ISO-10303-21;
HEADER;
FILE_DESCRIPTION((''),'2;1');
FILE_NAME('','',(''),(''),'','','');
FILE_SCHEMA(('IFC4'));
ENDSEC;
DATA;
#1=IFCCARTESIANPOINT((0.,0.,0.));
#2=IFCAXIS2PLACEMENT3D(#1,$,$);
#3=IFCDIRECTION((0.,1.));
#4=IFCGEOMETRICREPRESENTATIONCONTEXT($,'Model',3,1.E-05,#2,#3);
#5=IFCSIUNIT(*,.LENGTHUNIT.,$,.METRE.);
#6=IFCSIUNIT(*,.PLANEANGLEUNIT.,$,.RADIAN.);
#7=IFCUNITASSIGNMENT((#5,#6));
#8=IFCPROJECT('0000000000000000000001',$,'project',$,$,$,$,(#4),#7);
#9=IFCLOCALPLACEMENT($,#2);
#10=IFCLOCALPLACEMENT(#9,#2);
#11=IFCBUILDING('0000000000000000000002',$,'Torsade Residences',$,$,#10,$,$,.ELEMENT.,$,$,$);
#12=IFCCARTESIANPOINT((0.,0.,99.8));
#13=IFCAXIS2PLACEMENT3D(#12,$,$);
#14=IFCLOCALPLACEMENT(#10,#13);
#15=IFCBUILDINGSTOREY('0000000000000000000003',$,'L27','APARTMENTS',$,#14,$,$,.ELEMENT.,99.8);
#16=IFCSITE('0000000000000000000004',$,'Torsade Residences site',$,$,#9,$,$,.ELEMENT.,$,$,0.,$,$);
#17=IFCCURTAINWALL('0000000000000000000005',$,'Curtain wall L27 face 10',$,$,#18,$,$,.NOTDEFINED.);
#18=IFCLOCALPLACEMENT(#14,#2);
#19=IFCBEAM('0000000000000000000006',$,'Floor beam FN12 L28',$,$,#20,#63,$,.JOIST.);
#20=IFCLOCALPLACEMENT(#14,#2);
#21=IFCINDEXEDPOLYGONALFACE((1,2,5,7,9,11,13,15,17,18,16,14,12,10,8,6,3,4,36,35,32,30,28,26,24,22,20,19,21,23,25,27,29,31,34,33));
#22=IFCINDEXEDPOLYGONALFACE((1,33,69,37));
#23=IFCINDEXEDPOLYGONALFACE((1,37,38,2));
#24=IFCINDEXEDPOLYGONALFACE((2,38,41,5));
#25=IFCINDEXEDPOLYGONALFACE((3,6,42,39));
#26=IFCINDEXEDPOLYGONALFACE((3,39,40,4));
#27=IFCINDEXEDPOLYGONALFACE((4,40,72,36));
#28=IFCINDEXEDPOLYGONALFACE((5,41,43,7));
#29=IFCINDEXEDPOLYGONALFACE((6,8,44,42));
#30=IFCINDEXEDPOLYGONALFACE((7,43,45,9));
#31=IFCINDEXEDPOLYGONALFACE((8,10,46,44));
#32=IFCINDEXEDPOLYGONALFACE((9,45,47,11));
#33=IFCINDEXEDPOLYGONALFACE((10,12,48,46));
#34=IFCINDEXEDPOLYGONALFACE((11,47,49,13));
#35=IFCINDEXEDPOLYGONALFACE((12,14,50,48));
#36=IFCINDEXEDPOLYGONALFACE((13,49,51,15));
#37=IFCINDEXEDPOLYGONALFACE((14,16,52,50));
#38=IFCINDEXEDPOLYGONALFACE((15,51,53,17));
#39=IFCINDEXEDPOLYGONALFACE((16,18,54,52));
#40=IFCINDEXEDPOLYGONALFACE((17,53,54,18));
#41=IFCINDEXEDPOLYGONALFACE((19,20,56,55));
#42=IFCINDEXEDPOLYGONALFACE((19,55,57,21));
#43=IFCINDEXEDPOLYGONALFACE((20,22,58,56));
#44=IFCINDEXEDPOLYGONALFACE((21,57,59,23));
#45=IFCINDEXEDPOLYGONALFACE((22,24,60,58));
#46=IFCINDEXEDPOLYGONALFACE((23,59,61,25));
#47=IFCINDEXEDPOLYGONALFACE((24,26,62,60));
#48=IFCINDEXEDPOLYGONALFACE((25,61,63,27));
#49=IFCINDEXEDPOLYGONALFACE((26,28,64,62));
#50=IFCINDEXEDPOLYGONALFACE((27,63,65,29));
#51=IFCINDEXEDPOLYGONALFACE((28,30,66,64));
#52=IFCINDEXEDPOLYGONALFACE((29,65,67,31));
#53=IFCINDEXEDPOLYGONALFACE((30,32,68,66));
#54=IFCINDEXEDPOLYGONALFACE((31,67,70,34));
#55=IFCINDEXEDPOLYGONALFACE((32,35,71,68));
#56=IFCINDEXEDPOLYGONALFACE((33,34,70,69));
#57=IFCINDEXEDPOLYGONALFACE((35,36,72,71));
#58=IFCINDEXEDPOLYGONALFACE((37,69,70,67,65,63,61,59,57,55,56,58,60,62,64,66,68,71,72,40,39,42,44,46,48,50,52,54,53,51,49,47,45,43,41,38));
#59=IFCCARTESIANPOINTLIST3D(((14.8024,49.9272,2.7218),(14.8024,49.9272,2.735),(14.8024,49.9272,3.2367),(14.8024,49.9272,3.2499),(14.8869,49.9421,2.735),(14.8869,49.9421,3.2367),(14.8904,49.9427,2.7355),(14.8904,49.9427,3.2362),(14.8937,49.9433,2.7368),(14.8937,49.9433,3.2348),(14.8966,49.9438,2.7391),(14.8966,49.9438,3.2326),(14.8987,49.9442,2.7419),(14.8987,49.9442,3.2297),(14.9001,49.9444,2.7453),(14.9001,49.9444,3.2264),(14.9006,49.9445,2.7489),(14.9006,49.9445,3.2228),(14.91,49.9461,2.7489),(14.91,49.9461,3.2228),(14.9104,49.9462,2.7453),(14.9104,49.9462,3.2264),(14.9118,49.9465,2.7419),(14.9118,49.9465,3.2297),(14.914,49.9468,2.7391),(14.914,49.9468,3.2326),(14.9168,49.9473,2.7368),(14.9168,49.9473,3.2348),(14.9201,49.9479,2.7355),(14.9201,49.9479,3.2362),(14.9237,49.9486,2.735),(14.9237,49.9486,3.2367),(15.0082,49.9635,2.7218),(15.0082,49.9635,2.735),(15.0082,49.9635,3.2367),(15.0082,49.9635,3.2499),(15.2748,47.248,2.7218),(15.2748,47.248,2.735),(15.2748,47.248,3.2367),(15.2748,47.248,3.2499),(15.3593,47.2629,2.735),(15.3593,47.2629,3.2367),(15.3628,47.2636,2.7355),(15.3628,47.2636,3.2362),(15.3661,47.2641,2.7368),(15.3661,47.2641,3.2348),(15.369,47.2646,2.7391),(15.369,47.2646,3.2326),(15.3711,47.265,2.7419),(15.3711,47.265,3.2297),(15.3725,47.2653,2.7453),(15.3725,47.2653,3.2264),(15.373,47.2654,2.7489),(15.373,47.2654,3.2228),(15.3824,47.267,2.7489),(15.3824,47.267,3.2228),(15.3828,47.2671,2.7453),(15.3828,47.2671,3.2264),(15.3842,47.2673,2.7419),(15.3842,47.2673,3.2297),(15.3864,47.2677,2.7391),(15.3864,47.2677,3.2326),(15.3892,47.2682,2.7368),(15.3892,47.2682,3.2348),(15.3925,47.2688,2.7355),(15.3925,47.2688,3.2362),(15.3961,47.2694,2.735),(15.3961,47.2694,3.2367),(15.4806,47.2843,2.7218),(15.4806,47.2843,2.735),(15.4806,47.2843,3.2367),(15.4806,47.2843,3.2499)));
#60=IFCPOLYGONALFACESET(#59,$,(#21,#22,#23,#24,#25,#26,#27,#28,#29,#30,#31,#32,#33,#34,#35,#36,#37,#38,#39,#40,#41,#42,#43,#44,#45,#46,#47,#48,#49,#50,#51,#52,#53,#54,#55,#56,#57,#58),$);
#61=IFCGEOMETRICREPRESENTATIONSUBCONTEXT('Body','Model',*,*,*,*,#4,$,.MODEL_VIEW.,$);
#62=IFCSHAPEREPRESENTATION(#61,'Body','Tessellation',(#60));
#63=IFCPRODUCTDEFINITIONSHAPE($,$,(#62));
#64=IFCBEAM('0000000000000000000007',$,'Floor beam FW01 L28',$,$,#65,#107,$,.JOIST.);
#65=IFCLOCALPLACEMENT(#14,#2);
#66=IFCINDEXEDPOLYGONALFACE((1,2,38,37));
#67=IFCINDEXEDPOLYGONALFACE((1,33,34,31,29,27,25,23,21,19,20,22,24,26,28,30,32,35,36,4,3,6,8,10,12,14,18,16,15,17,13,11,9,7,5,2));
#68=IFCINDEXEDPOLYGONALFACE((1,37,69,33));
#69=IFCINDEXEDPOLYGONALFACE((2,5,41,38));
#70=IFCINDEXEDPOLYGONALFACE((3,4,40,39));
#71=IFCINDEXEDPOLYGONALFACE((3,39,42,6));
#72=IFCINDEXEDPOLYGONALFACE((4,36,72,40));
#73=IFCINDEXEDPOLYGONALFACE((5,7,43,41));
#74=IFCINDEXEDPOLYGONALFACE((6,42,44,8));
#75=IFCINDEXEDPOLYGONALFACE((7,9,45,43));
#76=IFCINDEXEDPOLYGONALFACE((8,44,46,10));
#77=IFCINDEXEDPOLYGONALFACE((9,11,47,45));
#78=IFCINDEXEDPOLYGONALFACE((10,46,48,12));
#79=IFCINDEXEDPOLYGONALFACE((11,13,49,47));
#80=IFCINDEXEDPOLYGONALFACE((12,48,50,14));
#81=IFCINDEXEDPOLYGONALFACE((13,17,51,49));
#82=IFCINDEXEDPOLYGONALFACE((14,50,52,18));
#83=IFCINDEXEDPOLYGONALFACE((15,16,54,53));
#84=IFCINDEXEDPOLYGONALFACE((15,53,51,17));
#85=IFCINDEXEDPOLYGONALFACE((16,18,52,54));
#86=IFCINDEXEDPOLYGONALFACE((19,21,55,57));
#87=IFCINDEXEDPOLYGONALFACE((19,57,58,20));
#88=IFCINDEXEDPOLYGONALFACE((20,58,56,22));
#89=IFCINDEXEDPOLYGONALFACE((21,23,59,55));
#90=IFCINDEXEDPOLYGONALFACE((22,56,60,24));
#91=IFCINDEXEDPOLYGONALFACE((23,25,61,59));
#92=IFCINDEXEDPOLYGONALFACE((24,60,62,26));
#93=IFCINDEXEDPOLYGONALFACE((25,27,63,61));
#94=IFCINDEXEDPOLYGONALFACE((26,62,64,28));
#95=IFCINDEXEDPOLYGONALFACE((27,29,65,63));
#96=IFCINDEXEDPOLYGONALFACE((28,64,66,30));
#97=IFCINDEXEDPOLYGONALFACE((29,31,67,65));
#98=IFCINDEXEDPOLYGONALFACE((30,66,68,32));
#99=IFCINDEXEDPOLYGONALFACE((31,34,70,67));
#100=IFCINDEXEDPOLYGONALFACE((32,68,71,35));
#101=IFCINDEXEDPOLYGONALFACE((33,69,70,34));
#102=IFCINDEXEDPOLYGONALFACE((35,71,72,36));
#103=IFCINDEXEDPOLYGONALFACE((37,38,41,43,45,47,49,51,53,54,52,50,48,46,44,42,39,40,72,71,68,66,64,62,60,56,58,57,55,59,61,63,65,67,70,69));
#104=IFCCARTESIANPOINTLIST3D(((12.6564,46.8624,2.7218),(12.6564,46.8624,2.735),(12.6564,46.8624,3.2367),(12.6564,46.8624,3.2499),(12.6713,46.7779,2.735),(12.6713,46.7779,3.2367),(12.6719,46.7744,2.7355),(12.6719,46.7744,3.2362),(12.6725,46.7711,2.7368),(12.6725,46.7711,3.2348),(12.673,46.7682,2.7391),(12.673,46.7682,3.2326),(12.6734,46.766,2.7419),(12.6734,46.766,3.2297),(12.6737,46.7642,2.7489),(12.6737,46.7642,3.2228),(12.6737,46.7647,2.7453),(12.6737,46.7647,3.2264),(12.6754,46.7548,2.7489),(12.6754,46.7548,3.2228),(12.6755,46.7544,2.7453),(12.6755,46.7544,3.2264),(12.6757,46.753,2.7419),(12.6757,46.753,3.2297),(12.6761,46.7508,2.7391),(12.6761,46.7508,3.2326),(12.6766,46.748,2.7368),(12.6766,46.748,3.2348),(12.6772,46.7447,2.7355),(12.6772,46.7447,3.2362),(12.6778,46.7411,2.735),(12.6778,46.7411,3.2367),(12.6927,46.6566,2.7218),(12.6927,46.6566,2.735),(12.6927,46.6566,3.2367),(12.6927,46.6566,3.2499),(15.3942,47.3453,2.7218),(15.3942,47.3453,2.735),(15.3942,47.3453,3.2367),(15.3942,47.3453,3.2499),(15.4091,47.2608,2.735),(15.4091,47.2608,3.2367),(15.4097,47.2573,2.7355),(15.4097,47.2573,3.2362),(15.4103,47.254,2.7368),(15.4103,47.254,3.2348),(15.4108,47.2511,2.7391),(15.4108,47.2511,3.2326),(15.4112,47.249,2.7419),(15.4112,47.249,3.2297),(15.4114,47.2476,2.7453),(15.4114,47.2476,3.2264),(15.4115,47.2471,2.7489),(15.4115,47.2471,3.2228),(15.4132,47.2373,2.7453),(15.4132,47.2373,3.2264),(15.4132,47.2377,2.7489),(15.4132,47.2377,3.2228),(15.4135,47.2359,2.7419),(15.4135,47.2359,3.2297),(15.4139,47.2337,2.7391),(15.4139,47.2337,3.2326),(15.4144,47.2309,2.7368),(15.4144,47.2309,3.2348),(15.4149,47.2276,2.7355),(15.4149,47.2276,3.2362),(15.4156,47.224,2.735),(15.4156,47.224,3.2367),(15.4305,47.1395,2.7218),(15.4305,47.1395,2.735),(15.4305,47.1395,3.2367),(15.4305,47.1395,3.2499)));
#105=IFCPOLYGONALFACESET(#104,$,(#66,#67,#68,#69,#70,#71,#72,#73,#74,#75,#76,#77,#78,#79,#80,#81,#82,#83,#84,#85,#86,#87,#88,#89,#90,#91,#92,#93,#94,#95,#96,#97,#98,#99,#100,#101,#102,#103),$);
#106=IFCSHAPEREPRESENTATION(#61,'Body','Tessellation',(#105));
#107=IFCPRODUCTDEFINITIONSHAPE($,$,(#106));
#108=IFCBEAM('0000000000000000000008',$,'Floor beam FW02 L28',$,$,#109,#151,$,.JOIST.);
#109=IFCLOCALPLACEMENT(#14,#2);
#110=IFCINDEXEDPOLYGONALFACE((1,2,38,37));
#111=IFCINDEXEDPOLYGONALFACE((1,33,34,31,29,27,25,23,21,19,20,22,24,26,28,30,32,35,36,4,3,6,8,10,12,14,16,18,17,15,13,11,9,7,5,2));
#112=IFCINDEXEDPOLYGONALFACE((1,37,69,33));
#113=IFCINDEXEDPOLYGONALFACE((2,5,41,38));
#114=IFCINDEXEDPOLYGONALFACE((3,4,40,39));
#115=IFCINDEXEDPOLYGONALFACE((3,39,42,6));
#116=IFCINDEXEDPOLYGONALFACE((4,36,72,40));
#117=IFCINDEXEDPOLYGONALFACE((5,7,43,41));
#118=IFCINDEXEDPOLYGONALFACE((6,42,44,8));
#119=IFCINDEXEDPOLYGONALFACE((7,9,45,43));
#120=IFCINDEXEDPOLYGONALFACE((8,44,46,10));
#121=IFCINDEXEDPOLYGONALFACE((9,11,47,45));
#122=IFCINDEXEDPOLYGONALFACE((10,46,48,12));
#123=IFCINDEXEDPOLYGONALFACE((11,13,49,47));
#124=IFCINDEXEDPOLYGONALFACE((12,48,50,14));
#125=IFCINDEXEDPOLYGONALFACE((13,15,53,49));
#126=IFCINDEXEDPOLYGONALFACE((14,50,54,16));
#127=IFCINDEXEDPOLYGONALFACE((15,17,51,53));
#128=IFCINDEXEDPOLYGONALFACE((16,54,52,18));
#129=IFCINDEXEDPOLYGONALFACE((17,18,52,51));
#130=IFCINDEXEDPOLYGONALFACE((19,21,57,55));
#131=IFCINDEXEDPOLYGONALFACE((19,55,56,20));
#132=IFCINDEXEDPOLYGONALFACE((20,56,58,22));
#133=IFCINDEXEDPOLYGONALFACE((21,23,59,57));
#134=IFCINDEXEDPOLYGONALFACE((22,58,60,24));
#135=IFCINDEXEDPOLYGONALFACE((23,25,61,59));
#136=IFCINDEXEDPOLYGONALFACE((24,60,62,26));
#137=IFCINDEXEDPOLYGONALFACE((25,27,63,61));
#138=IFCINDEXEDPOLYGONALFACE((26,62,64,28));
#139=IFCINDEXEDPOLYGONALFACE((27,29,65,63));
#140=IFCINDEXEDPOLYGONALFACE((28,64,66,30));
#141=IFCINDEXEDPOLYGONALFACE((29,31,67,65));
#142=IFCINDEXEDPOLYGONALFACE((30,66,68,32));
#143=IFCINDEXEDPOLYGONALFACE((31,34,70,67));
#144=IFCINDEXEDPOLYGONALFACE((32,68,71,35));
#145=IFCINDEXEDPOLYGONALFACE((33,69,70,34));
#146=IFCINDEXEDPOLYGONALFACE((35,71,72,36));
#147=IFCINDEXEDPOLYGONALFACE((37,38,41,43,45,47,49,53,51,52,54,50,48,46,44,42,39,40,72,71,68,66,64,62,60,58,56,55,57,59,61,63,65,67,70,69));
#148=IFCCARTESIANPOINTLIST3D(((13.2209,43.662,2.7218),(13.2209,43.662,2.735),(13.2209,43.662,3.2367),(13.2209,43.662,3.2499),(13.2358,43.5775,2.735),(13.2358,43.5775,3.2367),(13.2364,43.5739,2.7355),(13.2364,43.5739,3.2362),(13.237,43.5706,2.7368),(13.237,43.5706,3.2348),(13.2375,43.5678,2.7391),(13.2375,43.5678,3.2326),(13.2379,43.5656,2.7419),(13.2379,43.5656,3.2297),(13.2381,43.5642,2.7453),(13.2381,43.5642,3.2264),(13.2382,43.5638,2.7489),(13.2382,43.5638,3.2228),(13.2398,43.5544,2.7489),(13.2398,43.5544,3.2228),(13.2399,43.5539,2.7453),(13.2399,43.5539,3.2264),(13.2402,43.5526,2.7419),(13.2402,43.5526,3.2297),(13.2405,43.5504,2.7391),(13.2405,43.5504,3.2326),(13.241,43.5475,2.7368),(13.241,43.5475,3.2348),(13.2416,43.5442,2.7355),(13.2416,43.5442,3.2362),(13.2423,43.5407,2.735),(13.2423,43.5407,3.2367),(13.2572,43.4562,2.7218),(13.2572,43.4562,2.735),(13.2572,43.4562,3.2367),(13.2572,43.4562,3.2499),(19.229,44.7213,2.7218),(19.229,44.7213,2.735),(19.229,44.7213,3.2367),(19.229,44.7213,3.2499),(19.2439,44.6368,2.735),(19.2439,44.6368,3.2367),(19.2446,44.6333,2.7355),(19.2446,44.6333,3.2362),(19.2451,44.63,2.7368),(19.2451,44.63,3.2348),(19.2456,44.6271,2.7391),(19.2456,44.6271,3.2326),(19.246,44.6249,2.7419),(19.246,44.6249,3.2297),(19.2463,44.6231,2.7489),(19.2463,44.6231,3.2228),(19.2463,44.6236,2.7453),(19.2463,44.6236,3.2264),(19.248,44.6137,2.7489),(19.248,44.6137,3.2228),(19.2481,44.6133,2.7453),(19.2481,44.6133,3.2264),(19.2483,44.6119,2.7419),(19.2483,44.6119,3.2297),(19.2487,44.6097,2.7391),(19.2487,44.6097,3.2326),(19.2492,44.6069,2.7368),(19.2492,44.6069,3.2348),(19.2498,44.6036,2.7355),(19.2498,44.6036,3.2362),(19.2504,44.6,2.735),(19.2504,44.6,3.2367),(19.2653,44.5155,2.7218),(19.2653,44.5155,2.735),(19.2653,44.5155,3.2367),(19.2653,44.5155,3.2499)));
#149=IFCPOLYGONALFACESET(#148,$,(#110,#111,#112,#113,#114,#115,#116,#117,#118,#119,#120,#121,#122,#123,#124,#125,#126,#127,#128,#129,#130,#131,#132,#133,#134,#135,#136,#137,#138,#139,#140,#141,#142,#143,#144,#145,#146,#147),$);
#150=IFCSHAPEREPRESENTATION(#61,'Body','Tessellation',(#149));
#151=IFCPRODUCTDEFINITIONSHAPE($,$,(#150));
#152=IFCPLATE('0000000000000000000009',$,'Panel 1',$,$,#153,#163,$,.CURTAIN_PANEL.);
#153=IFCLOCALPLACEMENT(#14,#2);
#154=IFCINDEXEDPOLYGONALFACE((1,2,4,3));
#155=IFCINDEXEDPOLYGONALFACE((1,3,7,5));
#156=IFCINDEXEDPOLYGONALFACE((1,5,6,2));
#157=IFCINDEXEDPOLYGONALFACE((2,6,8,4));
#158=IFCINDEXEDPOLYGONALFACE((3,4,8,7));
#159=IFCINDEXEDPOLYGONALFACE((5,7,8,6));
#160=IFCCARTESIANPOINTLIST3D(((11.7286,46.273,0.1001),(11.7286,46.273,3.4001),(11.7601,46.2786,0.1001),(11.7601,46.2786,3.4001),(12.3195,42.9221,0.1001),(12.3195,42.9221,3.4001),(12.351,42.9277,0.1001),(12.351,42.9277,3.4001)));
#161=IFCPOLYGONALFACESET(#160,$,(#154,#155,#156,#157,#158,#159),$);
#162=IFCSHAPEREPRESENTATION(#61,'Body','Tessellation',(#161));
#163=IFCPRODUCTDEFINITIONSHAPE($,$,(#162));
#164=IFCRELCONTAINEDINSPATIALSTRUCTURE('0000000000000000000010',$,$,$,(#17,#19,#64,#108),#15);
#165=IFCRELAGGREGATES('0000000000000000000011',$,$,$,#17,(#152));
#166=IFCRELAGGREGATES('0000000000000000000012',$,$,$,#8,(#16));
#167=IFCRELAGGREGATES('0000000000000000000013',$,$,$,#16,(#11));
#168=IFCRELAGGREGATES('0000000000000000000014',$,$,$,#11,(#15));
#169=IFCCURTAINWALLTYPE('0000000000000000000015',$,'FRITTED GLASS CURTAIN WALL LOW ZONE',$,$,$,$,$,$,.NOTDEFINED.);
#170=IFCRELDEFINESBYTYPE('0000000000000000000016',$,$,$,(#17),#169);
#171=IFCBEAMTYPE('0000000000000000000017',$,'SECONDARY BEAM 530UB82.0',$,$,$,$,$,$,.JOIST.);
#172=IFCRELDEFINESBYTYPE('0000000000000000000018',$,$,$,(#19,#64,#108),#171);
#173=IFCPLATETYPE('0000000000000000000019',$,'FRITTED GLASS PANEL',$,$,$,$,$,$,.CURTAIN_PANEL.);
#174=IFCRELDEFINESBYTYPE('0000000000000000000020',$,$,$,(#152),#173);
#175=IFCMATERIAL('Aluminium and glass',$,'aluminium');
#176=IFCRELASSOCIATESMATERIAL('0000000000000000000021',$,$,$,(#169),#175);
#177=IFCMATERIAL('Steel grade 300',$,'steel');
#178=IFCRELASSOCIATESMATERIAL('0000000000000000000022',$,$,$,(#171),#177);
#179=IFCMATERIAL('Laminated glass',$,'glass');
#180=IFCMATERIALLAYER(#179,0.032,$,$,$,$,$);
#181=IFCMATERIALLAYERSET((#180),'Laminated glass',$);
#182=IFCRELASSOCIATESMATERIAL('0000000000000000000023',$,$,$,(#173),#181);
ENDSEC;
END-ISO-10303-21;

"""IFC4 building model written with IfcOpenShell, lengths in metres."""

from ifc_helpers import new_model, si_unit, direction, frame, origin, origin_2d, place, context, subcontext, project, spatial, rectangle, i_section, extrude, material, layer, layer_set, material_profile, profile_set, type_object, element, aggregate, save


model = new_model("IFC4")

# Units and contexts
model_context = context("Model", 3, precision=1e-05, world=origin(), true_north=direction((0.0, 1.0)))
body_context = subcontext(model_context, "Body", "Model", "MODEL_VIEW")
ifc_project = project(units=[si_unit("LENGTHUNIT", "METRE"), si_unit("PLANEANGLEUNIT", "RADIAN")], contexts=[model_context])

# Site, building, storey
site_placement = place(None, origin())
site = spatial("IfcSite", under=ifc_project, at=site_placement, Name="Torsade Residences site", CompositionType="ELEMENT", RefElevation=0.0)
building_placement = place(site_placement, origin())
building = spatial("IfcBuilding", under=site, at=building_placement, Name="Torsade Residences", CompositionType="ELEMENT")
storey_placement = place(building_placement, frame((0.0, 0.0, 99.8)))
storey = spatial("IfcBuildingStorey", under=building, at=storey_placement, Name="L27", Description="APARTMENTS", CompositionType="ELEMENT", Elevation=99.8)

# Shared definitions
ifc_material_1 = material(Name="Aluminium and glass", Category="aluminium")
curtain_wall_type = type_object("IfcCurtainWallType", Name="FRITTED GLASS CURTAIN WALL LOW ZONE", PredefinedType="NOTDEFINED", material=ifc_material_1)

# Curtain wall
curtain_wall_1_placement = place(storey_placement, origin())
curtain_wall_1 = element("IfcCurtainWall", 1, at=curtain_wall_1_placement, inside=storey, type_object=curtain_wall_type, Name="Curtain wall L27 face 10", PredefinedType="NOTDEFINED")

# Beams
ifc_material_2 = material(Name="Steel grade 300", Category="steel")
ifc_material_profile_1 = material_profile(ifc_material_2, i_section(OverallWidth=0.209, OverallDepth=0.5281, WebThickness=0.0095, FlangeThickness=0.0132, FilletRadius=0.0139, at=origin_2d()), Name="530UB82.0")
ifc_profile_set_1 = profile_set([ifc_material_profile_1], Name="Steel grade 300")
beam_type_1 = type_object("IfcBeamType", Name="SECONDARY BEAM 530UB82.0", PredefinedType="JOIST", material=ifc_profile_set_1)
beam_1_placement = place(storey_placement, frame((14.9053, 49.9453, 2.9858), z_axis=(0.173647, -0.984808, 0.0), x_axis=(0.984808, 0.173647, 0.0)))
element("IfcBeam", 2, at=beam_1_placement, inside=storey, type_object=beam_type_1, Name="Floor beam FN12 L28", PredefinedType="JOIST", context=body_context, shape_type="SweptSolid", body=[
    extrude(i_section(OverallWidth=0.209, OverallDepth=0.5281, WebThickness=0.0095, FlangeThickness=0.0132, FilletRadius=0.0139, at=origin_2d()), origin(), (0.0, 0.0, 1.0), 2.7205),
])
beam_2_placement = place(storey_placement, frame((12.6746, 46.7595, 2.9858), z_axis=(0.984798, 0.173705, 0.0), x_axis=(-0.173705, 0.984798, 0.0)))
element("IfcBeam", 3, at=beam_2_placement, inside=storey, type_object=beam_type_1, Name="Floor beam FW01 L28", PredefinedType="JOIST", context=body_context, shape_type="SweptSolid", body=[
    extrude(i_section(OverallWidth=0.209, OverallDepth=0.5281, WebThickness=0.0095, FlangeThickness=0.0132, FilletRadius=0.0139, at=origin_2d()), origin(), (0.0, 0.0, 1.0), 2.78),
])
beam_3_placement = place(storey_placement, frame((13.239, 43.5591, 2.9858), z_axis=(0.984809, 0.173639, 0.0), x_axis=(-0.173639, 0.984809, 0.0)))
element("IfcBeam", 4, at=beam_3_placement, inside=storey, type_object=beam_type_1, Name="Floor beam FW02 L28", PredefinedType="JOIST", context=body_context, shape_type="SweptSolid", body=[
    extrude(i_section(OverallWidth=0.209, OverallDepth=0.5281, WebThickness=0.0095, FlangeThickness=0.0132, FilletRadius=0.0139, at=origin_2d()), origin(), (0.0, 0.0, 1.0), 6.1008),
])

# Plate
ifc_material_3 = material(Name="Laminated glass", Category="glass")
ifc_layer_1 = layer(ifc_material_3, 0.032)
ifc_layer_set_1 = layer_set([ifc_layer_1], Name="Laminated glass")
plate_type = type_object("IfcPlateType", Name="FRITTED GLASS PANEL", PredefinedType="CURTAIN_PANEL", material=ifc_layer_set_1)
plate_placement = place(storey_placement, frame((12.0398, 44.6003, 0.1001), z_axis=(0.0, 0.0, 1.0), x_axis=(0.173648, -0.984808, 0.0)))
plate = element("IfcPlate", 5, at=plate_placement, type_object=plate_type, Name="Panel 1", PredefinedType="CURTAIN_PANEL", context=body_context, shape_type="SweptSolid", body=[
    extrude(rectangle(XDim=3.4026, YDim=0.032, at=origin_2d()), origin(), (0.0, 0.0, 1.0), 3.3),
])
aggregate(curtain_wall_1, [plate])

save(model, "model.ifc")
